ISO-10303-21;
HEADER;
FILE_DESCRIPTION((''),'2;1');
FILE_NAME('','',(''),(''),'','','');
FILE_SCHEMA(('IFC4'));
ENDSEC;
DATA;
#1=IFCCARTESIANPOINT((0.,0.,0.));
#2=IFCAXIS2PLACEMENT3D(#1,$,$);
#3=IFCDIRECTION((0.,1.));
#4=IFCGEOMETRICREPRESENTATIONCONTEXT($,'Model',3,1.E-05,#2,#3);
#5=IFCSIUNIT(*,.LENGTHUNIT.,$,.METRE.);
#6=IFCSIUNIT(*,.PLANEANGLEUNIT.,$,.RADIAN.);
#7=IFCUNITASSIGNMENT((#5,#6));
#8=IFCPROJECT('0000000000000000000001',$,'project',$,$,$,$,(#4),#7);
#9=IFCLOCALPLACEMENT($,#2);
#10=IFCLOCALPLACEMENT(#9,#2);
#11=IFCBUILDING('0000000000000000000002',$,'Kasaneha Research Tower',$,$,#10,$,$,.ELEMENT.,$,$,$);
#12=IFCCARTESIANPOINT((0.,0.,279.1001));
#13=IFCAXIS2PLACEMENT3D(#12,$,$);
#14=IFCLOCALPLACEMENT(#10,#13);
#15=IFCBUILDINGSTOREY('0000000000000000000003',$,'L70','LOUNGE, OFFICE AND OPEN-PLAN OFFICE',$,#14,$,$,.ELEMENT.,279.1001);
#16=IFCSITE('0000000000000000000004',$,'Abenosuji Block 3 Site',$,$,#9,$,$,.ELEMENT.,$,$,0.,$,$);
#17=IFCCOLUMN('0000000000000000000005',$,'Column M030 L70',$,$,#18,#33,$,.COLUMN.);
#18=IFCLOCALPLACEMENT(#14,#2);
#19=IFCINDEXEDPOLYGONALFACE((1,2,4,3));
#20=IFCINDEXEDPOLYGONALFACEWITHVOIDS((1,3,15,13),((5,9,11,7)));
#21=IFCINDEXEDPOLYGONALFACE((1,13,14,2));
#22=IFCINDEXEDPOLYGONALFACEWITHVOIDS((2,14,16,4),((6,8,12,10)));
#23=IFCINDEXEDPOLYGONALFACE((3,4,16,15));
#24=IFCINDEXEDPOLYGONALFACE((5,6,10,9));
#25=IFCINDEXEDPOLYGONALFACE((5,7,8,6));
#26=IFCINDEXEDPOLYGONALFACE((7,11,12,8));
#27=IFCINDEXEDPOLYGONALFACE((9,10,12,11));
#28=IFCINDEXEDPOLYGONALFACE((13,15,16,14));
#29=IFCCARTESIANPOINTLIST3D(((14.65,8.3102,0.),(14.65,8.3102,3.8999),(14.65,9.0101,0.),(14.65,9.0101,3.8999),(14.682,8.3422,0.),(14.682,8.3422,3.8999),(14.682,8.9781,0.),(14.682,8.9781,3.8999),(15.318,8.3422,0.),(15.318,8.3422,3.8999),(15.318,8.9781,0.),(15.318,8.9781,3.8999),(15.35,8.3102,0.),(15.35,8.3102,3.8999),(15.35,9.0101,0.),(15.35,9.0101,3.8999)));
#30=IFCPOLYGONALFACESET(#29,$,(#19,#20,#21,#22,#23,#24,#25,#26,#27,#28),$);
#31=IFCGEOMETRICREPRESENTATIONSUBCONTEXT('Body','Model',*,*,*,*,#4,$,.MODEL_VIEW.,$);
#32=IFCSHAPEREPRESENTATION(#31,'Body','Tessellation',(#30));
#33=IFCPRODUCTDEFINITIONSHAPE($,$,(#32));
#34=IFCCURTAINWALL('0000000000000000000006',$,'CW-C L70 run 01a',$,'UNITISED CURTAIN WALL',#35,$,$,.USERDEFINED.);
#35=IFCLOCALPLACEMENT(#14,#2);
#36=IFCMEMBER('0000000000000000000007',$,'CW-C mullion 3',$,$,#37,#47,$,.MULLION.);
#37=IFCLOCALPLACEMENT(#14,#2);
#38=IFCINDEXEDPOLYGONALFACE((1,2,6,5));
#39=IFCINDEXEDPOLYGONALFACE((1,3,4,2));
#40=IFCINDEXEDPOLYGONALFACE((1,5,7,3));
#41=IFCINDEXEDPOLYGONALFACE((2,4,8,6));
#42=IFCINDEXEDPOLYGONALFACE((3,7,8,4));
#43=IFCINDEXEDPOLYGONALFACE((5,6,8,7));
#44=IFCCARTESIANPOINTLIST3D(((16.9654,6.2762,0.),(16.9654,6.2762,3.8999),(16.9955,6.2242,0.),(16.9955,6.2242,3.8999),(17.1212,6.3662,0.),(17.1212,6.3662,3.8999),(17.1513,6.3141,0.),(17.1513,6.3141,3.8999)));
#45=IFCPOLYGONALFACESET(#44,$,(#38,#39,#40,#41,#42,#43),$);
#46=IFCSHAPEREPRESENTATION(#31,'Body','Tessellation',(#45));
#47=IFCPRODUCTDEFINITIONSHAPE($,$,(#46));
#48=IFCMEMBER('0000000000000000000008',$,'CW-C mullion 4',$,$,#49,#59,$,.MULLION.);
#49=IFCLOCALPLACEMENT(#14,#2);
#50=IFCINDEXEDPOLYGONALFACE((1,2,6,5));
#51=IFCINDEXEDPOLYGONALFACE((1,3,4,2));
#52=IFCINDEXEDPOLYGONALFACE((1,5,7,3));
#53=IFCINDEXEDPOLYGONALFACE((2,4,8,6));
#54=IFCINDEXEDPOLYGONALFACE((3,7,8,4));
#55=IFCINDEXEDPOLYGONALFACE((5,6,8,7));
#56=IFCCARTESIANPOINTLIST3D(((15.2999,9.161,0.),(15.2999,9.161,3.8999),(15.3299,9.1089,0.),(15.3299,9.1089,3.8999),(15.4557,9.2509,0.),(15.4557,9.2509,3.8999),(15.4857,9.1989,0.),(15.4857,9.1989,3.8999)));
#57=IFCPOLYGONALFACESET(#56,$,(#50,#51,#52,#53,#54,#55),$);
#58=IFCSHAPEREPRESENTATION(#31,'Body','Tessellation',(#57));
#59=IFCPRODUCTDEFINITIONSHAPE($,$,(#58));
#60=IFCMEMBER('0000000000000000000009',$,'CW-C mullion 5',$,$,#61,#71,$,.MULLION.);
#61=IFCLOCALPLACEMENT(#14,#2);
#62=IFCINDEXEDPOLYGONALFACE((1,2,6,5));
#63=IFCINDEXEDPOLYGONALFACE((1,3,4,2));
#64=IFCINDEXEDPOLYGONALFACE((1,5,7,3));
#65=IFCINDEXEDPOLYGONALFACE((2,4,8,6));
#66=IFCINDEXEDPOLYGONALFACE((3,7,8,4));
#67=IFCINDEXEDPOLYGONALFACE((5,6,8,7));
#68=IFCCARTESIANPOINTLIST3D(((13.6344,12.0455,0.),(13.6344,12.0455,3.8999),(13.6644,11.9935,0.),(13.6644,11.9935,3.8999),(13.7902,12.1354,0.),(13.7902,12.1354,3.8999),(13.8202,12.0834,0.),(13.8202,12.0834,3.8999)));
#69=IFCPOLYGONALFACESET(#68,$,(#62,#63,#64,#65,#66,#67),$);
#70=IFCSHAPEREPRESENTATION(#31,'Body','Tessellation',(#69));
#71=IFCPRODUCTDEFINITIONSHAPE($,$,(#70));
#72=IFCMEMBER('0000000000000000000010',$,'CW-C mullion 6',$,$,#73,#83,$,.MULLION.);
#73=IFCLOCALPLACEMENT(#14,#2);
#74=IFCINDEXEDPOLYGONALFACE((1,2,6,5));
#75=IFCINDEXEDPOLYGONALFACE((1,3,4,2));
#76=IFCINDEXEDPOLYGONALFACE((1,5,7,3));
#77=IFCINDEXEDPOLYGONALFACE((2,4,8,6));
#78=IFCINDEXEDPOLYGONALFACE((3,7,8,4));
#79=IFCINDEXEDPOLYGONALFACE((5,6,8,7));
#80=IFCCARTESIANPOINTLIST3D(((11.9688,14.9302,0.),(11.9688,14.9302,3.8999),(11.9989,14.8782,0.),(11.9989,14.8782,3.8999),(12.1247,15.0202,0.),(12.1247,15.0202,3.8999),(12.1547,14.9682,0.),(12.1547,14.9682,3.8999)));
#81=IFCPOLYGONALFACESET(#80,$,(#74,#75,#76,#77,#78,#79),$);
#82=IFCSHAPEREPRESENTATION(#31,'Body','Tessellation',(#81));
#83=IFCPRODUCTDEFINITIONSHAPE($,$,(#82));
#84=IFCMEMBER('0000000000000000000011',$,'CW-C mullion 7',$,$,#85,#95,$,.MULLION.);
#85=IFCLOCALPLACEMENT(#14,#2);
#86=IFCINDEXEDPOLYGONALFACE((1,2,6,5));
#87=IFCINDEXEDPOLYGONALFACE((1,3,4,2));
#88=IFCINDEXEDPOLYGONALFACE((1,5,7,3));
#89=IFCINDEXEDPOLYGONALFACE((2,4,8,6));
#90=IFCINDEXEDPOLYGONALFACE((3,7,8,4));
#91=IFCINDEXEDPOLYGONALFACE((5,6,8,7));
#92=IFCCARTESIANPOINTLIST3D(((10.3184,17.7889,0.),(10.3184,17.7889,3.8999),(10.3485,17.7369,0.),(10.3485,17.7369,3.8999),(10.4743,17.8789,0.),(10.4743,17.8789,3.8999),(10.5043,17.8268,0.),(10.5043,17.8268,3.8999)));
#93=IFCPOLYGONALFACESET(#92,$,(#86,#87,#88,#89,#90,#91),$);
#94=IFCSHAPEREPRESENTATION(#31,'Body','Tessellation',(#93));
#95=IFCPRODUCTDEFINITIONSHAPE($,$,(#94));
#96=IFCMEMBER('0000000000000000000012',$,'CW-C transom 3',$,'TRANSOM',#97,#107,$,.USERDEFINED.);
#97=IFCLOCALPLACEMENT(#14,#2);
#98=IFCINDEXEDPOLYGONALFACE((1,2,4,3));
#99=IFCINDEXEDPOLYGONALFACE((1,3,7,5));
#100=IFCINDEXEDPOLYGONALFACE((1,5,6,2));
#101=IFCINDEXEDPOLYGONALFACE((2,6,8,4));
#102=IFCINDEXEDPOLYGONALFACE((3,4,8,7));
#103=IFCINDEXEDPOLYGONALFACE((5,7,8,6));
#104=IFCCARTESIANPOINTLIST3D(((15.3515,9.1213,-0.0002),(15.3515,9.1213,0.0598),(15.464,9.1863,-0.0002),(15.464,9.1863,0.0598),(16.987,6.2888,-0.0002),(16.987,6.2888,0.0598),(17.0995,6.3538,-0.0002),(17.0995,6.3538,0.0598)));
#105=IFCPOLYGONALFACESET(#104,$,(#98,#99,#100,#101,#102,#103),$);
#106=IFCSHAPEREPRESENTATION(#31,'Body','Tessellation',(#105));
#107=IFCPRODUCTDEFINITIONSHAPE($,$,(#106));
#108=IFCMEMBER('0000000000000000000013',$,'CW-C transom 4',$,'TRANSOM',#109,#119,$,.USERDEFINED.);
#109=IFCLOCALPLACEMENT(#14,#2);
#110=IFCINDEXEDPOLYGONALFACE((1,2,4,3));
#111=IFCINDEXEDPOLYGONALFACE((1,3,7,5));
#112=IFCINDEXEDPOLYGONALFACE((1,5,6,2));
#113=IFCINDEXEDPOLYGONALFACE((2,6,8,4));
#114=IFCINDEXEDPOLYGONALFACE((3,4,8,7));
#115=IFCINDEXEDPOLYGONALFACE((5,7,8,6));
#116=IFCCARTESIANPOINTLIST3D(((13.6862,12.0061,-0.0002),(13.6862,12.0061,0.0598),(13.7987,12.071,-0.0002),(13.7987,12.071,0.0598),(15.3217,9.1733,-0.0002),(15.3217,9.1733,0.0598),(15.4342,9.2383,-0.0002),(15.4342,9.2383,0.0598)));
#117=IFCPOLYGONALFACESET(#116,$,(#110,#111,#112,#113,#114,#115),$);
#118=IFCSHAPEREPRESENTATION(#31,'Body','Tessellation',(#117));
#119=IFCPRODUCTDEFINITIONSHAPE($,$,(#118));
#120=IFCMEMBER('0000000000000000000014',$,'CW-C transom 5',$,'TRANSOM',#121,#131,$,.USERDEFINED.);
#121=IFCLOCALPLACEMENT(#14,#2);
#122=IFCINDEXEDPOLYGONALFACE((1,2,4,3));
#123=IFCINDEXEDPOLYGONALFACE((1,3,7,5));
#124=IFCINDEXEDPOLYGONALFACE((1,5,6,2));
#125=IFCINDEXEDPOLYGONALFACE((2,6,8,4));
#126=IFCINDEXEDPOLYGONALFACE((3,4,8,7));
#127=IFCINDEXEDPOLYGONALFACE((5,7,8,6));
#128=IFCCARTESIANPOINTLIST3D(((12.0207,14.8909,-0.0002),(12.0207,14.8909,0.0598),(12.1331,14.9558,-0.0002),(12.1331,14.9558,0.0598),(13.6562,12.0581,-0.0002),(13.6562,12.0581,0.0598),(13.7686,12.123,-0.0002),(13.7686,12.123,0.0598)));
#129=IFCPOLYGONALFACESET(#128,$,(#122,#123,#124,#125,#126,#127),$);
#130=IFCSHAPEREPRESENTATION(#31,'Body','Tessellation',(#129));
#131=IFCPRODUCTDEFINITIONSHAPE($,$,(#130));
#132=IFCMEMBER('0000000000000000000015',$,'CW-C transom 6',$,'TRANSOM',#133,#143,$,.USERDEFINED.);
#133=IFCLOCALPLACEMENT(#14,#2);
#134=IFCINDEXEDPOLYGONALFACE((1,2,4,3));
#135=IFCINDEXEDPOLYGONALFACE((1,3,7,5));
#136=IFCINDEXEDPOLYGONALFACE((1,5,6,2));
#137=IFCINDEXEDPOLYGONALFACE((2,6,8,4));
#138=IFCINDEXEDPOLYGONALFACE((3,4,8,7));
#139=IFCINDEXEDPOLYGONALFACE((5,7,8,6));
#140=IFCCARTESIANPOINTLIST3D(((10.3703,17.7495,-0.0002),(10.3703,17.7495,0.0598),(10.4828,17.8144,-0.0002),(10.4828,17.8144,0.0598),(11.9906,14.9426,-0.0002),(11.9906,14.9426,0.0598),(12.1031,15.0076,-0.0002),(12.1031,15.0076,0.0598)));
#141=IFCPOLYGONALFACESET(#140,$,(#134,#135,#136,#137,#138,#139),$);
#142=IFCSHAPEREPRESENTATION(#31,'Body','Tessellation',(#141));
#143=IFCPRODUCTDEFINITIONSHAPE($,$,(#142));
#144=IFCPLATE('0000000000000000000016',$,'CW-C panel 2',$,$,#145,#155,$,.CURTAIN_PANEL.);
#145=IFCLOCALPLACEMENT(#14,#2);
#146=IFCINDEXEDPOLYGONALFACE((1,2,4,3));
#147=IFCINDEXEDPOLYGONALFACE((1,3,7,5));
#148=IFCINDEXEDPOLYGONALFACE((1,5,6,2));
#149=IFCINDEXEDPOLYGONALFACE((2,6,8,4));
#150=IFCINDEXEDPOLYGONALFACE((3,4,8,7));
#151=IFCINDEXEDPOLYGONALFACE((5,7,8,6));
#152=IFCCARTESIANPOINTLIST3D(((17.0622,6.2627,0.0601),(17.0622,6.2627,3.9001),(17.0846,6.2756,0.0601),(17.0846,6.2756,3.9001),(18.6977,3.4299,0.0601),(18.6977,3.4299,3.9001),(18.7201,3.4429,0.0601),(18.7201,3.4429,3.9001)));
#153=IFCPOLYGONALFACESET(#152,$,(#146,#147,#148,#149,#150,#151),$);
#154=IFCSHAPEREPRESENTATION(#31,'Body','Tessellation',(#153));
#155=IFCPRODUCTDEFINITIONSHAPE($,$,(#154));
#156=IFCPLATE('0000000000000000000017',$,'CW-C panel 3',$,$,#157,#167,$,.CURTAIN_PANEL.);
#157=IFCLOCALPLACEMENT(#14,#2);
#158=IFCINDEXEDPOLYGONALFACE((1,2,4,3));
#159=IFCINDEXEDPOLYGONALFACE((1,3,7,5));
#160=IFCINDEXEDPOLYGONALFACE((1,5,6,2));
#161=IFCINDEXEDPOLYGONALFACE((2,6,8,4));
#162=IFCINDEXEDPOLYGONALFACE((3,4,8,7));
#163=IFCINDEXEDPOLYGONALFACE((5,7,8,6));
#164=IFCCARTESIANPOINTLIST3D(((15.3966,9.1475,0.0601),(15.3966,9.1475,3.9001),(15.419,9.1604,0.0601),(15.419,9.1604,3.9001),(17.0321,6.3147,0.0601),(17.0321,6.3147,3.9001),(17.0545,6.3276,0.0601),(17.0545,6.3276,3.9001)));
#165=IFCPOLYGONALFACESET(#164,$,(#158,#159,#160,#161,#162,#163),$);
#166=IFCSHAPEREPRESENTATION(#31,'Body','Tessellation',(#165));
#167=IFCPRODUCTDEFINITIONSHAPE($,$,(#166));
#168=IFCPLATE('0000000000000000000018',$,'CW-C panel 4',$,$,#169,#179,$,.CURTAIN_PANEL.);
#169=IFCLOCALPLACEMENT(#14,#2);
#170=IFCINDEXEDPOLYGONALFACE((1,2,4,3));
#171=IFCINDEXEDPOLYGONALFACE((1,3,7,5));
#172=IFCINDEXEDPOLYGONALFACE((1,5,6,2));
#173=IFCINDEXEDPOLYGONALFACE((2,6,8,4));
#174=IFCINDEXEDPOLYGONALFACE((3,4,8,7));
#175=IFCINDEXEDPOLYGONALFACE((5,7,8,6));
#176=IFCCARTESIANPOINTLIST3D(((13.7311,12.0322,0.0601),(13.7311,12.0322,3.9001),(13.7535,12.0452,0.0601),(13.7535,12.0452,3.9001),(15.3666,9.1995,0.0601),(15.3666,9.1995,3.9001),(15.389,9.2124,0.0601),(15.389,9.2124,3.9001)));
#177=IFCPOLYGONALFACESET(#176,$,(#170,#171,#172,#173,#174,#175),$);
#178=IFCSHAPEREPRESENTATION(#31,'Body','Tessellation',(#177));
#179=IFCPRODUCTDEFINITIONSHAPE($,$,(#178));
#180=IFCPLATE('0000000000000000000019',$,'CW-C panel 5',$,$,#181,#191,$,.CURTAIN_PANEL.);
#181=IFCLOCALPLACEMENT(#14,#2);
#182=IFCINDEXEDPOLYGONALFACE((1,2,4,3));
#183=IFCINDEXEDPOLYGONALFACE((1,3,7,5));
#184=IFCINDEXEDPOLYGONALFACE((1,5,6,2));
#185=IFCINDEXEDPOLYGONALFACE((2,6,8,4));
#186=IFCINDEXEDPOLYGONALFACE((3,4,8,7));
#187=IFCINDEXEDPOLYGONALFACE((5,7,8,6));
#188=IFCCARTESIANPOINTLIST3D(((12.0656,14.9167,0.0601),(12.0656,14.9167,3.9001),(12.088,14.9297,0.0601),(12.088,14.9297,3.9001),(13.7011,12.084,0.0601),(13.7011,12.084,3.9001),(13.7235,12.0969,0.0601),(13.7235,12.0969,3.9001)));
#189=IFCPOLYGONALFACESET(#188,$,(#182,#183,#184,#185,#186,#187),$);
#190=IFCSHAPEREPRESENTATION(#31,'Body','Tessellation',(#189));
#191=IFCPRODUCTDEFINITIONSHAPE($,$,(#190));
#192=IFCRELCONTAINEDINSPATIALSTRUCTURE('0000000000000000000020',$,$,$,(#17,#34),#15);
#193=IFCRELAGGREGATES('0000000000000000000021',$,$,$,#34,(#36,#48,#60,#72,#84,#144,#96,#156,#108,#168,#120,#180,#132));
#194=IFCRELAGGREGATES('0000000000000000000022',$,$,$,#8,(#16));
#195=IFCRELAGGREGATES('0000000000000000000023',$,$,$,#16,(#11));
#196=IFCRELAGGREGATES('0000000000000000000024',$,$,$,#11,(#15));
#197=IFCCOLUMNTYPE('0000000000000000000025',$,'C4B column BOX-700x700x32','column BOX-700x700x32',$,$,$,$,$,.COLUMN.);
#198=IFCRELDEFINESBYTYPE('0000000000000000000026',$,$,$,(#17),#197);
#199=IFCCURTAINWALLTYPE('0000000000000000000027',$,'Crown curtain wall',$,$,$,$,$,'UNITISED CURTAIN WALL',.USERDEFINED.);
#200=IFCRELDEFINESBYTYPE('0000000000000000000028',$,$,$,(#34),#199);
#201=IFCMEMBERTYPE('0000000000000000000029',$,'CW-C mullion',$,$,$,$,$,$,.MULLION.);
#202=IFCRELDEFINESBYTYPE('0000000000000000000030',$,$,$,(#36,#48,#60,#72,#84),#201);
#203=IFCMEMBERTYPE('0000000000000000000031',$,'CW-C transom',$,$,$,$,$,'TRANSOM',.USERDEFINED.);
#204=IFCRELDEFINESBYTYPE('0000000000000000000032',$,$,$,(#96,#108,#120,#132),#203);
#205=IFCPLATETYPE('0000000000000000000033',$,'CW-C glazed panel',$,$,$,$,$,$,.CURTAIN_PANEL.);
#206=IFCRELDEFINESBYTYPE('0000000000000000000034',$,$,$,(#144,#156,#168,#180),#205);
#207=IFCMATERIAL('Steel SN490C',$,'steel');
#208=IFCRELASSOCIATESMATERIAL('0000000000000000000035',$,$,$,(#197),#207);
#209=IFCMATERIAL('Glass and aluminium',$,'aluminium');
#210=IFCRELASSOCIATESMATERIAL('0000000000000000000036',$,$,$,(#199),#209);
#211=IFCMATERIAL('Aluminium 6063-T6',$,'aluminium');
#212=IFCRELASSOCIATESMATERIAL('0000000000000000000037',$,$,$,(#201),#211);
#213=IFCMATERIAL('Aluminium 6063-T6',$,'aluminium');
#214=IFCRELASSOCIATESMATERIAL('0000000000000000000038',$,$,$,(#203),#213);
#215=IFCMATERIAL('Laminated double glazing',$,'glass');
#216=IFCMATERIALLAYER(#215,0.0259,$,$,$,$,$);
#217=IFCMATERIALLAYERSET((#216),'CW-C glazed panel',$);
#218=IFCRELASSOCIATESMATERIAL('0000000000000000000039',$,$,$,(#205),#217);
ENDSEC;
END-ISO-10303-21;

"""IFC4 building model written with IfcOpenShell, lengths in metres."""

from ifc_helpers import new_model, si_unit, direction, frame, origin, origin_2d, place, context, subcontext, project, spatial, rectangle, hollow_rectangle, extrude, material, layer, layer_set, material_profile, profile_set, type_object, element, aggregate, save


model = new_model("IFC4")

# Units and contexts
model_context = context("Model", 3, precision=1e-05, world=origin(), true_north=direction((0.0, 1.0)))
body_context = subcontext(model_context, "Body", "Model", "MODEL_VIEW")
ifc_project = project(units=[si_unit("LENGTHUNIT", "METRE"), si_unit("PLANEANGLEUNIT", "RADIAN")], contexts=[model_context])

# Site, building, storey
site_placement = place(None, origin())
site = spatial("IfcSite", under=ifc_project, at=site_placement, Name="Abenosuji Block 3 Site", CompositionType="ELEMENT", RefElevation=0.0)
building_placement = place(site_placement, origin())
building = spatial("IfcBuilding", under=site, at=building_placement, Name="Kasaneha Research Tower", CompositionType="ELEMENT")
storey_placement = place(building_placement, frame((0.0, 0.0, 279.1001)))
storey = spatial("IfcBuildingStorey", under=building, at=storey_placement, Name="L70", Description="LOUNGE, OFFICE AND OPEN-PLAN OFFICE", CompositionType="ELEMENT", Elevation=279.1001)

# Column
ifc_material_1 = material(Name="Steel SN490C", Category="steel")
ifc_material_profile_1 = material_profile(ifc_material_1, hollow_rectangle(XDim=0.7, YDim=0.7, WallThickness=0.032, at=origin_2d()), Name="BOX-700x700x32")
ifc_profile_set_1 = profile_set([ifc_material_profile_1], Name="Steel SN490C")
column_type = type_object("IfcColumnType", Name="C4B column BOX-700x700x32", Description="column BOX-700x700x32", PredefinedType="COLUMN", material=ifc_profile_set_1)
column_placement = place(storey_placement, frame((15.0, 8.6602, 0.0), z_axis=(0.0, 0.0, 1.0), x_axis=(1.0, 0.0, 0.0)))
element("IfcColumn", 1, at=column_placement, inside=storey, type_object=column_type, Name="Column M030 L70", PredefinedType="COLUMN", context=body_context, shape_type="SweptSolid", body=[
    extrude(hollow_rectangle(XDim=0.7, YDim=0.7, WallThickness=0.032, at=origin_2d()), origin(), (0.0, 0.0, 1.0), 3.8999),
])

# Curtain wall, members, plates
ifc_material_2 = material(Name="Glass and aluminium", Category="aluminium")
curtain_wall_type = type_object("IfcCurtainWallType", Name="Crown curtain wall", ElementType="UNITISED CURTAIN WALL", PredefinedType="USERDEFINED", material=ifc_material_2)
curtain_wall_placement = place(storey_placement, origin())
curtain_wall = element("IfcCurtainWall", 2, at=curtain_wall_placement, inside=storey, type_object=curtain_wall_type, Name="CW-C L70 run 01a", ObjectType="UNITISED CURTAIN WALL", PredefinedType="USERDEFINED")
ifc_material_3 = material(Name="Aluminium 6063-T6", Category="aluminium")
ifc_material_profile_2 = material_profile(ifc_material_3, rectangle(XDim=0.0601, YDim=0.1799, at=origin_2d()), Name="CW-C mullion 60x180")
ifc_profile_set_2 = profile_set([ifc_material_profile_2], Name="Aluminium 6063-T6")
member_type_1 = type_object("IfcMemberType", Name="CW-C mullion", PredefinedType="MULLION", material=ifc_profile_set_2)
member_1_placement = place(storey_placement, frame((17.0583, 6.2952, 0.0), z_axis=(0.0, 0.0, 1.0), x_axis=(-0.5, 0.866025, 0.0)))
member_1 = element("IfcMember", 3, at=member_1_placement, type_object=member_type_1, Name="CW-C mullion 3", PredefinedType="MULLION", context=body_context, shape_type="SweptSolid", body=[
    extrude(rectangle(XDim=0.0601, YDim=0.1799, at=origin_2d()), origin(), (0.0, 0.0, 1.0), 3.8999),
])
member_2_placement = place(storey_placement, frame((15.3928, 9.1799, 0.0), z_axis=(0.0, 0.0, 1.0), x_axis=(-0.5, 0.866025, 0.0)))
member_2 = element("IfcMember", 4, at=member_2_placement, type_object=member_type_1, Name="CW-C mullion 4", PredefinedType="MULLION", context=body_context, shape_type="SweptSolid", body=[
    extrude(rectangle(XDim=0.0601, YDim=0.1799, at=origin_2d()), origin(), (0.0, 0.0, 1.0), 3.8999),
])
member_3_placement = place(storey_placement, frame((13.7273, 12.0645, 0.0), z_axis=(0.0, 0.0, 1.0), x_axis=(-0.5, 0.866025, 0.0)))
member_3 = element("IfcMember", 5, at=member_3_placement, type_object=member_type_1, Name="CW-C mullion 5", PredefinedType="MULLION", context=body_context, shape_type="SweptSolid", body=[
    extrude(rectangle(XDim=0.0601, YDim=0.1799, at=origin_2d()), origin(), (0.0, 0.0, 1.0), 3.8999),
])
member_4_placement = place(storey_placement, frame((12.0618, 14.9492, 0.0), z_axis=(0.0, 0.0, 1.0), x_axis=(-0.5, 0.866025, 0.0)))
member_4 = element("IfcMember", 6, at=member_4_placement, type_object=member_type_1, Name="CW-C mullion 6", PredefinedType="MULLION", context=body_context, shape_type="SweptSolid", body=[
    extrude(rectangle(XDim=0.0601, YDim=0.1799, at=origin_2d()), origin(), (0.0, 0.0, 1.0), 3.8999),
])
member_5_placement = place(storey_placement, frame((10.4114, 17.8079, 0.0), z_axis=(0.0, 0.0, 1.0), x_axis=(-0.5, 0.866025, 0.0)))
member_5 = element("IfcMember", 7, at=member_5_placement, type_object=member_type_1, Name="CW-C mullion 7", PredefinedType="MULLION", context=body_context, shape_type="SweptSolid", body=[
    extrude(rectangle(XDim=0.0601, YDim=0.1799, at=origin_2d()), origin(), (0.0, 0.0, 1.0), 3.8999),
])
ifc_material_4 = material(Name="Aluminium 6063-T6", Category="aluminium")
ifc_material_profile_3 = material_profile(ifc_material_4, rectangle(XDim=0.1299, YDim=0.0601, at=origin_2d()), Name="CW-C transom 130x60")
ifc_profile_set_3 = profile_set([ifc_material_profile_3], Name="Aluminium 6063-T6")
member_type_2 = type_object("IfcMemberType", Name="CW-C transom", ElementType="TRANSOM", PredefinedType="USERDEFINED", material=ifc_profile_set_3)
member_6_placement = place(storey_placement, frame((17.0432, 6.3213, 0.0298), z_axis=(-0.500033, 0.866007, 0.0), x_axis=(-0.866007, -0.500033, 0.0)))
member_6 = element("IfcMember", 8, at=member_6_placement, type_object=member_type_2, Name="CW-C transom 3", ObjectType="TRANSOM", PredefinedType="USERDEFINED", context=body_context, shape_type="SweptSolid", body=[
    extrude(rectangle(XDim=0.1299, YDim=0.0601, at=origin_2d()), origin(), (0.0, 0.0, 1.0), 3.2708),
])
member_7_placement = place(storey_placement, frame((15.3779, 9.2058, 0.0298), z_axis=(-0.5, 0.866025, 0.0), x_axis=(-0.866025, -0.5, 0.0)))
member_7 = element("IfcMember", 9, at=member_7_placement, type_object=member_type_2, Name="CW-C transom 4", ObjectType="TRANSOM", PredefinedType="USERDEFINED", context=body_context, shape_type="SweptSolid", body=[
    extrude(rectangle(XDim=0.1299, YDim=0.0601, at=origin_2d()), origin(), (0.0, 0.0, 1.0), 3.271),
])
member_8_placement = place(storey_placement, frame((13.7124, 12.0906, 0.0298), z_axis=(-0.5, 0.866025, 0.0), x_axis=(-0.866025, -0.5, 0.0)))
member_8 = element("IfcMember", 10, at=member_8_placement, type_object=member_type_2, Name="CW-C transom 5", ObjectType="TRANSOM", PredefinedType="USERDEFINED", context=body_context, shape_type="SweptSolid", body=[
    extrude(rectangle(XDim=0.1299, YDim=0.0601, at=origin_2d()), origin(), (0.0, 0.0, 1.0), 3.271),
])
member_9_placement = place(storey_placement, frame((12.0469, 14.9751, 0.0298), z_axis=(-0.499955, 0.866051, 0.0), x_axis=(-0.866051, -0.499955, 0.0)))
member_9 = element("IfcMember", 11, at=member_9_placement, type_object=member_type_2, Name="CW-C transom 6", ObjectType="TRANSOM", PredefinedType="USERDEFINED", context=body_context, shape_type="SweptSolid", body=[
    extrude(rectangle(XDim=0.1299, YDim=0.0601, at=origin_2d()), origin(), (0.0, 0.0, 1.0), 3.241),
])
ifc_material_5 = material(Name="Laminated double glazing", Category="glass")
ifc_layer_1 = layer(ifc_material_5, 0.0259)
ifc_layer_set_1 = layer_set([ifc_layer_1], Name="CW-C glazed panel")
plate_type = type_object("IfcPlateType", Name="CW-C glazed panel", PredefinedType="CURTAIN_PANEL", material=ifc_layer_set_1)
plate_1_placement = place(storey_placement, frame((17.8911, 4.8528, 0.0601), z_axis=(0.0, 0.0, 1.0), x_axis=(-0.5, 0.866025, 0.0)))
plate_1 = element("IfcPlate", 12, at=plate_1_placement, type_object=plate_type, Name="CW-C panel 2", PredefinedType="CURTAIN_PANEL", context=body_context, shape_type="SweptSolid", body=[
    extrude(rectangle(XDim=3.271, YDim=0.0259, at=origin_2d()), origin(), (0.0, 0.0, 1.0), 3.8401),
])
plate_2_placement = place(storey_placement, frame((16.2256, 7.7375, 0.0601), z_axis=(0.0, 0.0, 1.0), x_axis=(-0.5, 0.866025, 0.0)))
plate_2 = element("IfcPlate", 13, at=plate_2_placement, type_object=plate_type, Name="CW-C panel 3", PredefinedType="CURTAIN_PANEL", context=body_context, shape_type="SweptSolid", body=[
    extrude(rectangle(XDim=3.271, YDim=0.0259, at=origin_2d()), origin(), (0.0, 0.0, 1.0), 3.8401),
])
plate_3_placement = place(storey_placement, frame((14.5601, 10.6223, 0.0601), z_axis=(0.0, 0.0, 1.0), x_axis=(-0.5, 0.866025, 0.0)))
plate_3 = element("IfcPlate", 14, at=plate_3_placement, type_object=plate_type, Name="CW-C panel 4", PredefinedType="CURTAIN_PANEL", context=body_context, shape_type="SweptSolid", body=[
    extrude(rectangle(XDim=3.271, YDim=0.0259, at=origin_2d()), origin(), (0.0, 0.0, 1.0), 3.8401),
])
plate_4_placement = place(storey_placement, frame((12.8945, 13.5068, 0.0601), z_axis=(0.0, 0.0, 1.0), x_axis=(-0.5, 0.866025, 0.0)))
plate_4 = element("IfcPlate", 15, at=plate_4_placement, type_object=plate_type, Name="CW-C panel 5", PredefinedType="CURTAIN_PANEL", context=body_context, shape_type="SweptSolid", body=[
    extrude(rectangle(XDim=3.271, YDim=0.0259, at=origin_2d()), origin(), (0.0, 0.0, 1.0), 3.8401),
])
aggregate(curtain_wall, [member_1, member_2, member_3, member_4, member_5, plate_1, member_6, plate_2, member_7, plate_3, member_8, plate_4, member_9])

save(model, "model.ifc")
